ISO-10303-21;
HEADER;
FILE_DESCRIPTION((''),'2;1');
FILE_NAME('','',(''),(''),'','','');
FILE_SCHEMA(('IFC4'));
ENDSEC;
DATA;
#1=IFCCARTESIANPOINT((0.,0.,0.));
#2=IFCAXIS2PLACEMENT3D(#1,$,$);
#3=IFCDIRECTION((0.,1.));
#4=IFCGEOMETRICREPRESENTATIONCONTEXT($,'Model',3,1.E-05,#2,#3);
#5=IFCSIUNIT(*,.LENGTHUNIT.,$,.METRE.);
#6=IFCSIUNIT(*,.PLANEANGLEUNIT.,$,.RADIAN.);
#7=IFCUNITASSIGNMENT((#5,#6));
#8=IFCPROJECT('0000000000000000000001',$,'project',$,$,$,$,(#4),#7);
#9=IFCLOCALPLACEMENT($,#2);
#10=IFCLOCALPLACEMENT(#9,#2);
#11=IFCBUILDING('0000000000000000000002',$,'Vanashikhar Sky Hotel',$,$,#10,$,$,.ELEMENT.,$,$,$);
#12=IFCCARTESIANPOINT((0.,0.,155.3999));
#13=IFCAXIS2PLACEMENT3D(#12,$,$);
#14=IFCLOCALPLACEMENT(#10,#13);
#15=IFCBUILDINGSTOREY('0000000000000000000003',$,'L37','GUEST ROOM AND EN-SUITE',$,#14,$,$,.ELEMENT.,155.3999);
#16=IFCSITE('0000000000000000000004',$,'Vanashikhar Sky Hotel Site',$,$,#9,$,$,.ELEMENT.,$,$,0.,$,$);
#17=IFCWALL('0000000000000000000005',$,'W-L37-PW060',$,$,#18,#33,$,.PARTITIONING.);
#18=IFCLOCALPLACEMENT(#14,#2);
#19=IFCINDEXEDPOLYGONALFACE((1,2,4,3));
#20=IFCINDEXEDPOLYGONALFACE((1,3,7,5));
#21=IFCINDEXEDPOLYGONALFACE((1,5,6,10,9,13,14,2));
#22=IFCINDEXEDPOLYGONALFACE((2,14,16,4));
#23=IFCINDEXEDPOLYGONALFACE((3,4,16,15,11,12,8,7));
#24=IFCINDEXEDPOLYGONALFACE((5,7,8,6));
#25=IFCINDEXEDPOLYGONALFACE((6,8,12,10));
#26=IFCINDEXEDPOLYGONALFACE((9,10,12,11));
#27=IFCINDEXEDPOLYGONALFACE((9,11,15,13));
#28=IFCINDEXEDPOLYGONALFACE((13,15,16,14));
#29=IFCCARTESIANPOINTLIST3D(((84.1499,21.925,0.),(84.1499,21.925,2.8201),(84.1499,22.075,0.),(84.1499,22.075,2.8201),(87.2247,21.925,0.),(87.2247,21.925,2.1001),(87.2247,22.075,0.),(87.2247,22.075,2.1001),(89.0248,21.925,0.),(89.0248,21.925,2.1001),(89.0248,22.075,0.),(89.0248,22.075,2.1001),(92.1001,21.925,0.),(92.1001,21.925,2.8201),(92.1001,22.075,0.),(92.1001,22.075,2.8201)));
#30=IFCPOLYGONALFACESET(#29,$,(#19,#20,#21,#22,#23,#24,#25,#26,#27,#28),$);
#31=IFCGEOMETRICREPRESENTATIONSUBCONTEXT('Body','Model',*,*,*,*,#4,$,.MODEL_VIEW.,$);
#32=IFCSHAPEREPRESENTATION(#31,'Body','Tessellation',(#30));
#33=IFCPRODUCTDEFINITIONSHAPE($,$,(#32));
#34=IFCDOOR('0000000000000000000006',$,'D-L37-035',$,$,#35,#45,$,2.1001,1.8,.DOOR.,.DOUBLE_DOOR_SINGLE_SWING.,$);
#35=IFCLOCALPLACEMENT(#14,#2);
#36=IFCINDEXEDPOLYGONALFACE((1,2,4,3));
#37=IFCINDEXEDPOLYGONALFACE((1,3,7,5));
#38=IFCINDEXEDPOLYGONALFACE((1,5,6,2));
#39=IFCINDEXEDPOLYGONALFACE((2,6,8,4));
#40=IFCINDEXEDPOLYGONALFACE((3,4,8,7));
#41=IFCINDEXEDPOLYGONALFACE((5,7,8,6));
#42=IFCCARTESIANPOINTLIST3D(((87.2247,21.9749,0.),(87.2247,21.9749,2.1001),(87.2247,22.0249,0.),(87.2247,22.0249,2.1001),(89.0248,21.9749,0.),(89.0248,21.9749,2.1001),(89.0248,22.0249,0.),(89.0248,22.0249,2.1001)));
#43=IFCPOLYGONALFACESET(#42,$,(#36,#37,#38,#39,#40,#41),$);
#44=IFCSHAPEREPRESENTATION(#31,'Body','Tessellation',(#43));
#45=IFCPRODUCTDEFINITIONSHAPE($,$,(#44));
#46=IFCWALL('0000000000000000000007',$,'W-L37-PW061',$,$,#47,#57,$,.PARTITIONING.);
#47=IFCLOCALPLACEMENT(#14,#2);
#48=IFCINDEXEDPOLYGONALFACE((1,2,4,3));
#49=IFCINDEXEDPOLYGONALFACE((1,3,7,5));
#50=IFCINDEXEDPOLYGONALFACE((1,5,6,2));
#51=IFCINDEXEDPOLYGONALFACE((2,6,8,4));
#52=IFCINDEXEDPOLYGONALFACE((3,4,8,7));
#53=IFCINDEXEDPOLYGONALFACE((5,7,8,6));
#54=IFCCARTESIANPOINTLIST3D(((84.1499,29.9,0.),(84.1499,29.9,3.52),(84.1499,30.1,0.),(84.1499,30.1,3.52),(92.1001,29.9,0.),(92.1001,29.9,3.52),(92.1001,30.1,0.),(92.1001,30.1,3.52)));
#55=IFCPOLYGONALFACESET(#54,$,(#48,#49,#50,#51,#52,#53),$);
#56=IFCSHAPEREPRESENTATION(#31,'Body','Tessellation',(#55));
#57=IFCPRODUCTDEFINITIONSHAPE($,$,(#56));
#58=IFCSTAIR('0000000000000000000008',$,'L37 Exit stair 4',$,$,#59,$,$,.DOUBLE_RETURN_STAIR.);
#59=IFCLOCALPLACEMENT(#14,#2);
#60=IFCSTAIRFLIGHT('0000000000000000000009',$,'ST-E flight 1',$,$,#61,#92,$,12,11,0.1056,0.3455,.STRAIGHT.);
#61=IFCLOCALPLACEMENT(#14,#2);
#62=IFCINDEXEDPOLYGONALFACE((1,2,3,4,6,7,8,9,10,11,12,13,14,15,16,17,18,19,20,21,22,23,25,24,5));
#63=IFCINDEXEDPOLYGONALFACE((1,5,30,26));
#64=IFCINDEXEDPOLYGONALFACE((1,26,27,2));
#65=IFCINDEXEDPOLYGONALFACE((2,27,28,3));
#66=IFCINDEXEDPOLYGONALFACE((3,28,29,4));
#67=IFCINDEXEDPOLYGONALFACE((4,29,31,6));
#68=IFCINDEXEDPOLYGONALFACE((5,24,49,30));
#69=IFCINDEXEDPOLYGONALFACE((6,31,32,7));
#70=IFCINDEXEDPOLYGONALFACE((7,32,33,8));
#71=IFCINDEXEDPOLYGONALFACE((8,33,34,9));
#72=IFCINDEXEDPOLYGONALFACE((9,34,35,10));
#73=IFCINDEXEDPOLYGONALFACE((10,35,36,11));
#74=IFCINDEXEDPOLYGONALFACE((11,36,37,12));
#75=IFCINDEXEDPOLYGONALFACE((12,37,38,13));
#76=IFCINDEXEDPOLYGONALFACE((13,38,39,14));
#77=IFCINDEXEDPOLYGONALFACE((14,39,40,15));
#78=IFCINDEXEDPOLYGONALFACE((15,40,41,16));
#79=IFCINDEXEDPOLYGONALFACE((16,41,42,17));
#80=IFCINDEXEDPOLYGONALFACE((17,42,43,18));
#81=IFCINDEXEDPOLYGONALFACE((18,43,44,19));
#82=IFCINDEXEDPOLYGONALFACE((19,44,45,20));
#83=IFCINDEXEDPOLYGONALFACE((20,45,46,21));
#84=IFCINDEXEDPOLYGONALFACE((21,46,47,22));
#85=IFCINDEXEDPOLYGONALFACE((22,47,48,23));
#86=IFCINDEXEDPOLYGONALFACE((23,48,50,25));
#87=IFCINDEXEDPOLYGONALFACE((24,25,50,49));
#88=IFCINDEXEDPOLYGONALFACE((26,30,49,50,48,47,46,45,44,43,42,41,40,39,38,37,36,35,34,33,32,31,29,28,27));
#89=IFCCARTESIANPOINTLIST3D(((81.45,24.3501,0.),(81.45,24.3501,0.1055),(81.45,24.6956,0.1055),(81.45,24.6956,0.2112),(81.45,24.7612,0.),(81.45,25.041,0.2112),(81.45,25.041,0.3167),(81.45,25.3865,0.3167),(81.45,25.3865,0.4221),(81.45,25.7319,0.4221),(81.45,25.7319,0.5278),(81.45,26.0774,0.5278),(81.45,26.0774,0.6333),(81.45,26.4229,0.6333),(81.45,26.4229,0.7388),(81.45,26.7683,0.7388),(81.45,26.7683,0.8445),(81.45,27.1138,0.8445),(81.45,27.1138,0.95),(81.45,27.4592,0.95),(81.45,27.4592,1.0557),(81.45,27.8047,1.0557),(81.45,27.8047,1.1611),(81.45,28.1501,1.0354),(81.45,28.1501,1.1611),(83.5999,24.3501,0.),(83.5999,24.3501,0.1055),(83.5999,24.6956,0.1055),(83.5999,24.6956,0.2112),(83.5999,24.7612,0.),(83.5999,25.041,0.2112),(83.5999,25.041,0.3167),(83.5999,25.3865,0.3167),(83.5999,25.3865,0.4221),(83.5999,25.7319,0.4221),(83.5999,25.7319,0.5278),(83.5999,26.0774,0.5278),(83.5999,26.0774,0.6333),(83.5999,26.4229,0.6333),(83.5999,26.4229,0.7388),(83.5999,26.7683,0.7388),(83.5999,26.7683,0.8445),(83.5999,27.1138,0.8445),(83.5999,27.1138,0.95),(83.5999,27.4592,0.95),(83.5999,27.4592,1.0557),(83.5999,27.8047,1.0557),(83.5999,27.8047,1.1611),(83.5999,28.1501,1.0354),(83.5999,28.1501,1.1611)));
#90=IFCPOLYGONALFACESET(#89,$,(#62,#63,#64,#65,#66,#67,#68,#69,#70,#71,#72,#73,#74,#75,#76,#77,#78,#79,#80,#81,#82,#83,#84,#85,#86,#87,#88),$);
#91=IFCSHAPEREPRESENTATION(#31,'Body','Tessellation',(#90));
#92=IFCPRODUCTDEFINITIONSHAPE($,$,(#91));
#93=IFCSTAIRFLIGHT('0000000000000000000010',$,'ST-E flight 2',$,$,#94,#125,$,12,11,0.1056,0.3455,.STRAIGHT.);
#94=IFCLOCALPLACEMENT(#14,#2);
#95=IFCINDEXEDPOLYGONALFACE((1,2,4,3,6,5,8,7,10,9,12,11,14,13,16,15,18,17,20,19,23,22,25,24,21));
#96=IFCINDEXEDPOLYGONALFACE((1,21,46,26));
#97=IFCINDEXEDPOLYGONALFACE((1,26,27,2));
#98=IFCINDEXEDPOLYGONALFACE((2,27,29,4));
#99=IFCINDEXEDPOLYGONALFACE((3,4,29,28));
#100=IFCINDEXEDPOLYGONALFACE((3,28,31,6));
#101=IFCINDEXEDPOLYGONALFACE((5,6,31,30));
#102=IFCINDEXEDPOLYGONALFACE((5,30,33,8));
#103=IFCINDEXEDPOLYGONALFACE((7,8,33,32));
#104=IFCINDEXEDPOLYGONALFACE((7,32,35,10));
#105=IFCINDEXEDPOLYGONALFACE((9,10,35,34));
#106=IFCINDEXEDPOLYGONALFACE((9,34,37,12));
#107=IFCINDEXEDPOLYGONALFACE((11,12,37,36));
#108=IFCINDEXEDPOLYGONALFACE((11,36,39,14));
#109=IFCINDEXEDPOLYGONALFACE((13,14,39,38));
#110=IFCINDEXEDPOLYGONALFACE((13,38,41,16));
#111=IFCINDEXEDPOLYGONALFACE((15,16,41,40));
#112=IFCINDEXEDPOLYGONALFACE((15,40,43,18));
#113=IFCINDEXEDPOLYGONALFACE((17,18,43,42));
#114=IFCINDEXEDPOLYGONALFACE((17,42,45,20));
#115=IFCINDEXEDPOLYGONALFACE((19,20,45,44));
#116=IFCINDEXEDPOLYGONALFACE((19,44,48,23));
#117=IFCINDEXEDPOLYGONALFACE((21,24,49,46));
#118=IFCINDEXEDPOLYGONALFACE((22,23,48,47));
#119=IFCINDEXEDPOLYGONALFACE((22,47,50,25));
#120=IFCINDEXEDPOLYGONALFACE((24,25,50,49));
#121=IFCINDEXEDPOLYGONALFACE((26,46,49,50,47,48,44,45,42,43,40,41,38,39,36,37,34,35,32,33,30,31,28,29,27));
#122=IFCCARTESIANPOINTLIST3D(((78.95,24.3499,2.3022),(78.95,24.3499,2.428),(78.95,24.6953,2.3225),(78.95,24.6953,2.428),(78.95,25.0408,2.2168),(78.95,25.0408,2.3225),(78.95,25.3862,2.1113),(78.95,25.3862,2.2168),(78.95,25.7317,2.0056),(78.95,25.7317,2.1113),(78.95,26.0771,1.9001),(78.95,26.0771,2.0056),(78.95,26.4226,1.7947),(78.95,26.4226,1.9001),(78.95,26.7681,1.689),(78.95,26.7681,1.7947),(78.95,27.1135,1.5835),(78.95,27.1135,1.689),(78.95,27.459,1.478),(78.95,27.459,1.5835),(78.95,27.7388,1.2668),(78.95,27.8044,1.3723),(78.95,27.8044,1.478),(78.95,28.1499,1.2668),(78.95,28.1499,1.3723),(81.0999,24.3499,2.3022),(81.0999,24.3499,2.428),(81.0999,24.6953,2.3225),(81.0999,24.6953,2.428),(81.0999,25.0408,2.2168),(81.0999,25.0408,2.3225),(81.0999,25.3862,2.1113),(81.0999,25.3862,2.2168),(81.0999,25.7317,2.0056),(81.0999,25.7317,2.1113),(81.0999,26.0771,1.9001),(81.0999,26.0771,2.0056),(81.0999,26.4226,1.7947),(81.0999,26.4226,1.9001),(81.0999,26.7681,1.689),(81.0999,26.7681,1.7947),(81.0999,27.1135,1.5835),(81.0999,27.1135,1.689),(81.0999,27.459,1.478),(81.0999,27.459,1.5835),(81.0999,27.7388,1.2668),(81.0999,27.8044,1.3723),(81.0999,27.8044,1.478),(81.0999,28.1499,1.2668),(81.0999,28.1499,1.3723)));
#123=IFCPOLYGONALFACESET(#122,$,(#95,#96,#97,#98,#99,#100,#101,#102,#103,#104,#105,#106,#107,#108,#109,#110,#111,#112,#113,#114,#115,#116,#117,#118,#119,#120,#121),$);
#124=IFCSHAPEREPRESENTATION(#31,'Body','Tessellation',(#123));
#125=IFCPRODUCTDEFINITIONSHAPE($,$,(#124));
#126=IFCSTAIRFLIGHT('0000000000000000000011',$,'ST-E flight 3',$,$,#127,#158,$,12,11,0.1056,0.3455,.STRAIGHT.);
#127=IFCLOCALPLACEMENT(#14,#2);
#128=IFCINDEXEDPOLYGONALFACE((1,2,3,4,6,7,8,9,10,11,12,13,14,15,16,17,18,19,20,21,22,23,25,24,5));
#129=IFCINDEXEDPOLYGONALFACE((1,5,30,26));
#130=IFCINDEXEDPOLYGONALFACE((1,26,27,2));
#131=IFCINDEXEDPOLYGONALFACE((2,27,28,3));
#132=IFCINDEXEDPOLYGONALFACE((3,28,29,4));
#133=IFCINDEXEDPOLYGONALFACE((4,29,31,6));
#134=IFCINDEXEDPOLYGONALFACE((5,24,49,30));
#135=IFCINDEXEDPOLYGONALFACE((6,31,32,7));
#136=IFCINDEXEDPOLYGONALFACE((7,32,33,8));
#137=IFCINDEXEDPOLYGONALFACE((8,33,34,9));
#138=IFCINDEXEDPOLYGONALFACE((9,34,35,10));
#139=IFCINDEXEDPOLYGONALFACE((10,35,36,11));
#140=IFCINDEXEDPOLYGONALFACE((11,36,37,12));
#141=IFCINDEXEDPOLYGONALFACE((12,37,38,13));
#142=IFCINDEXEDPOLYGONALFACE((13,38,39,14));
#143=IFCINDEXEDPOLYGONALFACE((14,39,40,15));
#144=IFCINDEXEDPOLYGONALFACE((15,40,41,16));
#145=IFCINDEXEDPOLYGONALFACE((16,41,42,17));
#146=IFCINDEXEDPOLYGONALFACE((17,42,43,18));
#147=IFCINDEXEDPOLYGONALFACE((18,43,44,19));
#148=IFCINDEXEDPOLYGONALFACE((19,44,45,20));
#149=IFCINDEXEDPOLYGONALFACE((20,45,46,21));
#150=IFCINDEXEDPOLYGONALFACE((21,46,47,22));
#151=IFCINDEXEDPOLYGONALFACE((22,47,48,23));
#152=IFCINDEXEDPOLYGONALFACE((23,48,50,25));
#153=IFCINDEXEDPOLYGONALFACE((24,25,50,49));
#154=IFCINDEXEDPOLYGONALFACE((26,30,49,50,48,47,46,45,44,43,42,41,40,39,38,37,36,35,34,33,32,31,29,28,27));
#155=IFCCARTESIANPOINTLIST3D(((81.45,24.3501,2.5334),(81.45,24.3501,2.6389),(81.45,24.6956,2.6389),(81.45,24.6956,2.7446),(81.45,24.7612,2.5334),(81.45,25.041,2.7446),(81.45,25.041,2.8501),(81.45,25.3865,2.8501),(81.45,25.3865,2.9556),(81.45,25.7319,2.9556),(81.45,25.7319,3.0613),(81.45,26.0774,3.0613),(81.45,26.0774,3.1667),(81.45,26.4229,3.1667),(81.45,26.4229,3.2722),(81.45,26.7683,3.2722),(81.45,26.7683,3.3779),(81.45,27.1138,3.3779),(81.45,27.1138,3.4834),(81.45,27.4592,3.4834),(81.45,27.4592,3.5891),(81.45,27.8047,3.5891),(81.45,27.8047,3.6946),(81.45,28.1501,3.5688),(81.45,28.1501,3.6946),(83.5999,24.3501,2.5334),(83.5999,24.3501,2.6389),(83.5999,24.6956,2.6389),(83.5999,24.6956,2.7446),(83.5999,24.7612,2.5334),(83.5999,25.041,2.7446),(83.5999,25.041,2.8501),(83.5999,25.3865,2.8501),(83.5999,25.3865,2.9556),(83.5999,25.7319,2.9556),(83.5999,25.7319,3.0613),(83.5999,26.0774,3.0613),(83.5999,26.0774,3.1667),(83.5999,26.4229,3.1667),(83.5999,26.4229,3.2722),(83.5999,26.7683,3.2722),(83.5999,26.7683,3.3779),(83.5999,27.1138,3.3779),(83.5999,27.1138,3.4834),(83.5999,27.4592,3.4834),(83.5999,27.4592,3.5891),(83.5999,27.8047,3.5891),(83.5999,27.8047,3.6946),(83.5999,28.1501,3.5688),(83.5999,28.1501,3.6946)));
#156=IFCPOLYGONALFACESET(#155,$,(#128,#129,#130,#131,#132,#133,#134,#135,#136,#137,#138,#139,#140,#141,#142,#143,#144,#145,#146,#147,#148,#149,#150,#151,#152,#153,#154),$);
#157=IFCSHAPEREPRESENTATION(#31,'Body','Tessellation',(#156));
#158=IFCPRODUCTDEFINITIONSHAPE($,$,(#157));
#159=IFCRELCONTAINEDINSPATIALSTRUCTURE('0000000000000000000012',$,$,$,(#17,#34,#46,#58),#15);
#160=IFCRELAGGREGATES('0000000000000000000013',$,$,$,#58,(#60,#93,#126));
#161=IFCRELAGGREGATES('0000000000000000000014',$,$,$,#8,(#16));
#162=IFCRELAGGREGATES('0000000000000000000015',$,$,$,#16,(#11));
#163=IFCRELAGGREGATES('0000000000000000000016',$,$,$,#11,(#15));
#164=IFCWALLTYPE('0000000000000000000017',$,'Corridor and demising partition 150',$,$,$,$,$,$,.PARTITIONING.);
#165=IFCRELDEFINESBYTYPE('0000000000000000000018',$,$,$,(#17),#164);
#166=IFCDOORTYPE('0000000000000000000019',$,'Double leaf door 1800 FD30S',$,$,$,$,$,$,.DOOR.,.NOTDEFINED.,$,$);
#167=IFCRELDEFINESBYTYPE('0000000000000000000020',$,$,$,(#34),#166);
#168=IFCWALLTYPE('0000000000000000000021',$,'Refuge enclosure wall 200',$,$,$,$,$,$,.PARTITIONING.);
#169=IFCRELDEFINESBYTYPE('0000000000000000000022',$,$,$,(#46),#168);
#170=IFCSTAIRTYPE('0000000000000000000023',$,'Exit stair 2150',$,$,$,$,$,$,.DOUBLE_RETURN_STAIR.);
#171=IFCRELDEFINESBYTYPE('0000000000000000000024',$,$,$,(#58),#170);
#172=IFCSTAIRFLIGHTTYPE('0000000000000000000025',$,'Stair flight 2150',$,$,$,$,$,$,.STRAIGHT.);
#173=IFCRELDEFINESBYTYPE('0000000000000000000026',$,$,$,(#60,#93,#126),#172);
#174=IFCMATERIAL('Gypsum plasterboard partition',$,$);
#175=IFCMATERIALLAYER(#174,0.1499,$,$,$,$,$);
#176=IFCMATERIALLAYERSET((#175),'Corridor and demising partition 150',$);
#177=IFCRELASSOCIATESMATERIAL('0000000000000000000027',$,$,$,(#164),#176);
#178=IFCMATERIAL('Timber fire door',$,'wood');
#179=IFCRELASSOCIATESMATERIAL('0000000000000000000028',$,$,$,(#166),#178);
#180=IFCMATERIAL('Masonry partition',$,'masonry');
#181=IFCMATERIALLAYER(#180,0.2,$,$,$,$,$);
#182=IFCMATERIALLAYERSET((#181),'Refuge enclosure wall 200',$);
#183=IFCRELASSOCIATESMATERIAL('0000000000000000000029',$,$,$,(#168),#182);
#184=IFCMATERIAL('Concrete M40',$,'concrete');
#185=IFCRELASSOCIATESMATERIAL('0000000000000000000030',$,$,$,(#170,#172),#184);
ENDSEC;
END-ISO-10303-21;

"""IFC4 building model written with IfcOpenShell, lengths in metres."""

from ifc_helpers import new_model, si_unit, direction, frame, frame_2d, origin, place, context, subcontext, project, spatial, polyline, rectangle, outline, extrude, source, transform, mapped, material, layer, layer_set, type_object, element, fill, aggregate, save


model = new_model("IFC4")

# Units and contexts
model_context = context("Model", 3, precision=1e-05, world=origin(), true_north=direction((0.0, 1.0)))
body_context = subcontext(model_context, "Body", "Model", "MODEL_VIEW")
ifc_project = project(units=[si_unit("LENGTHUNIT", "METRE"), si_unit("PLANEANGLEUNIT", "RADIAN")], contexts=[model_context])

# Site, building, storey
site_placement = place(None, origin())
site = spatial("IfcSite", under=ifc_project, at=site_placement, Name="Vanashikhar Sky Hotel Site", CompositionType="ELEMENT", RefElevation=0.0)
building_placement = place(site_placement, origin())
building = spatial("IfcBuilding", under=site, at=building_placement, Name="Vanashikhar Sky Hotel", CompositionType="ELEMENT")
storey_placement = place(building_placement, frame((0.0, 0.0, 155.3999)))
storey = spatial("IfcBuildingStorey", under=building, at=storey_placement, Name="L37", Description="GUEST ROOM AND EN-SUITE", CompositionType="ELEMENT", Elevation=155.3999)

# Wall, opening, door
ifc_material_1 = material(Name="Gypsum plasterboard partition")
ifc_layer_1 = layer(ifc_material_1, 0.1499)
ifc_layer_set_1 = layer_set([ifc_layer_1], Name="Corridor and demising partition 150")
wall_type_1 = type_object("IfcWallType", Name="Corridor and demising partition 150", PredefinedType="PARTITIONING", material=ifc_layer_set_1)
shared_shape_1 = source(origin(), body_context, "Body", "SweptSolid", [
    extrude(rectangle(XDim=7.9502, YDim=0.1499, at=frame_2d((3.9751, 0.0))), origin(), (0.0, 0.0, 1.0), 2.8201),
])
wall_1_placement = place(storey_placement, frame((84.1499, 22.0, 0.0), z_axis=(0.0, 0.0, 1.0), x_axis=(1.0, 0.0, 0.0)))
wall_1 = element("IfcWall", 1, at=wall_1_placement, inside=storey, type_object=wall_type_1, Name="W-L37-PW060", PredefinedType="PARTITIONING", context=body_context, shape_type="MappedRepresentation", body=[
    mapped(shared_shape_1, transform((0.0, 0.0, 0.0), scale=1.0)),
])
shared_shape_2 = source(origin(), body_context, "Body", "SweptSolid", [
    extrude(rectangle(XDim=1.8, YDim=2.1001, at=frame_2d((0.8999, 1.05))), frame((0.0, 0.085, 0.0), z_axis=(0.0, -1.0, 0.0), x_axis=(1.0, 0.0, 0.0)), (0.0, 0.0, 1.0), 0.1699),
])
opening_1_placement = place(wall_1_placement, frame((3.075, 0.0, 0.0)))
opening_1 = element("IfcOpeningElement", 2, at=opening_1_placement, cuts=wall_1, PredefinedType="OPENING", context=body_context, shape_type="MappedRepresentation", body=[
    mapped(shared_shape_2, transform((0.0, 0.0, 0.0), scale=1.0)),
])
ifc_material_2 = material(Name="Timber fire door", Category="wood")
door_type_1 = type_object("IfcDoorType", Name="Double leaf door 1800 FD30S", OperationType="NOTDEFINED", PredefinedType="DOOR", material=ifc_material_2)
shared_shape_3 = source(origin(), body_context, "Body", "SweptSolid", [
    extrude(rectangle(XDim=1.8, YDim=2.1001, at=frame_2d((0.8999, 1.05))), frame((0.0, 0.0249, 0.0), z_axis=(0.0, -1.0, 0.0), x_axis=(1.0, 0.0, 0.0)), (0.0, 0.0, 1.0), 0.05),
])
door_1_placement = place(opening_1_placement, origin())
door_1 = element("IfcDoor", 3, at=door_1_placement, inside=storey, type_object=door_type_1, Name="D-L37-035", OperationType="DOUBLE_DOOR_SINGLE_SWING", OverallHeight=2.1001, OverallWidth=1.8, PredefinedType="DOOR", context=body_context, shape_type="MappedRepresentation", body=[
    mapped(shared_shape_3, transform((0.0, 0.0, 0.0), scale=1.0)),
])
fill(opening_1, door_1)

# Wall
ifc_material_3 = material(Name="Masonry partition", Category="masonry")
ifc_layer_2 = layer(ifc_material_3, 0.2)
ifc_layer_set_2 = layer_set([ifc_layer_2], Name="Refuge enclosure wall 200")
wall_type_2 = type_object("IfcWallType", Name="Refuge enclosure wall 200", PredefinedType="PARTITIONING", material=ifc_layer_set_2)
shared_shape_4 = source(origin(), body_context, "Body", "SweptSolid", [
    extrude(rectangle(XDim=7.9502, YDim=0.2, at=frame_2d((3.9751, 0.0))), origin(), (0.0, 0.0, 1.0), 3.52),
])
wall_2_placement = place(storey_placement, frame((84.1499, 30.0, 0.0), z_axis=(0.0, 0.0, 1.0), x_axis=(1.0, 0.0, 0.0)))
element("IfcWall", 4, at=wall_2_placement, inside=storey, type_object=wall_type_2, Name="W-L37-PW061", PredefinedType="PARTITIONING", context=body_context, shape_type="MappedRepresentation", body=[
    mapped(shared_shape_4, transform((0.0, 0.0, 0.0), scale=1.0)),
])

# Stair, stair flights
ifc_material_4 = material(Name="Concrete M40", Category="concrete")
stair_type = type_object("IfcStairType", Name="Exit stair 2150", PredefinedType="DOUBLE_RETURN_STAIR", material=ifc_material_4)
stair_placement = place(storey_placement, origin())
stair = element("IfcStair", 5, at=stair_placement, inside=storey, type_object=stair_type, Name="L37 Exit stair 4", PredefinedType="DOUBLE_RETURN_STAIR")
stair_flight_type = type_object("IfcStairFlightType", Name="Stair flight 2150", PredefinedType="STRAIGHT", material=ifc_material_4)
shared_shape_5 = source(origin(), body_context, "Body", "SweptSolid", [
    extrude(outline(polyline([(0.0, 0.0), (0.0, 0.1055), (0.3455, 0.1055), (0.3455, 0.2112), (0.6909, 0.2112), (0.6909, 0.3167), (1.0364, 0.3167), (1.0364, 0.4221), (1.3818, 0.4221), (1.3818, 0.5278), (1.7273, 0.5278), (1.7273, 0.6333), (2.0728, 0.6333), (2.0728, 0.7388), (2.4182, 0.7388), (2.4182, 0.8445), (2.7637, 0.8445), (2.7637, 0.95), (3.1091, 0.95), (3.1091, 1.0557), (3.4546, 1.0557), (3.4546, 1.1611), (3.8, 1.1611), (3.8, 1.2666), (3.8, 1.0354), (0.4111, 0.0), (0.0, 0.0)])), frame((0.0, 1.075, 0.0), z_axis=(0.0, -1.0, 0.0), x_axis=(1.0, 0.0, 0.0)), (0.0, 0.0, 1.0), 2.1499),
])
stair_flight_1_placement = place(storey_placement, frame((82.5249, 24.3501, 0.0), z_axis=(0.0, 0.0, 1.0), x_axis=(0.0, 1.0, 0.0)))
stair_flight_1 = element("IfcStairFlight", 6, at=stair_flight_1_placement, type_object=stair_flight_type, Name="ST-E flight 1", NumberOfRisers=12, NumberOfTreads=11, PredefinedType="STRAIGHT", RiserHeight=0.1056, TreadLength=0.3455, context=body_context, shape_type="MappedRepresentation", body=[
    mapped(shared_shape_5, transform((0.0, 0.0, 0.0), scale=1.0)),
])
stair_flight_2_placement = place(storey_placement, frame((80.0249, 28.1499, 1.2668), z_axis=(0.0, 0.0, 1.0), x_axis=(0.0, -1.0, 0.0)))
stair_flight_2 = element("IfcStairFlight", 7, at=stair_flight_2_placement, type_object=stair_flight_type, Name="ST-E flight 2", NumberOfRisers=12, NumberOfTreads=11, PredefinedType="STRAIGHT", RiserHeight=0.1056, TreadLength=0.3455, context=body_context, shape_type="MappedRepresentation", body=[
    mapped(shared_shape_5, transform((0.0, 0.0, 0.0), scale=1.0)),
])
stair_flight_3_placement = place(storey_placement, frame((82.5249, 24.3501, 2.5334), z_axis=(0.0, 0.0, 1.0), x_axis=(0.0, 1.0, 0.0)))
stair_flight_3 = element("IfcStairFlight", 8, at=stair_flight_3_placement, type_object=stair_flight_type, Name="ST-E flight 3", NumberOfRisers=12, NumberOfTreads=11, PredefinedType="STRAIGHT", RiserHeight=0.1056, TreadLength=0.3455, context=body_context, shape_type="MappedRepresentation", body=[
    mapped(shared_shape_5, transform((0.0, 0.0, 0.0), scale=1.0)),
])
aggregate(stair, [stair_flight_1, stair_flight_2, stair_flight_3])

save(model, "model.ifc")
